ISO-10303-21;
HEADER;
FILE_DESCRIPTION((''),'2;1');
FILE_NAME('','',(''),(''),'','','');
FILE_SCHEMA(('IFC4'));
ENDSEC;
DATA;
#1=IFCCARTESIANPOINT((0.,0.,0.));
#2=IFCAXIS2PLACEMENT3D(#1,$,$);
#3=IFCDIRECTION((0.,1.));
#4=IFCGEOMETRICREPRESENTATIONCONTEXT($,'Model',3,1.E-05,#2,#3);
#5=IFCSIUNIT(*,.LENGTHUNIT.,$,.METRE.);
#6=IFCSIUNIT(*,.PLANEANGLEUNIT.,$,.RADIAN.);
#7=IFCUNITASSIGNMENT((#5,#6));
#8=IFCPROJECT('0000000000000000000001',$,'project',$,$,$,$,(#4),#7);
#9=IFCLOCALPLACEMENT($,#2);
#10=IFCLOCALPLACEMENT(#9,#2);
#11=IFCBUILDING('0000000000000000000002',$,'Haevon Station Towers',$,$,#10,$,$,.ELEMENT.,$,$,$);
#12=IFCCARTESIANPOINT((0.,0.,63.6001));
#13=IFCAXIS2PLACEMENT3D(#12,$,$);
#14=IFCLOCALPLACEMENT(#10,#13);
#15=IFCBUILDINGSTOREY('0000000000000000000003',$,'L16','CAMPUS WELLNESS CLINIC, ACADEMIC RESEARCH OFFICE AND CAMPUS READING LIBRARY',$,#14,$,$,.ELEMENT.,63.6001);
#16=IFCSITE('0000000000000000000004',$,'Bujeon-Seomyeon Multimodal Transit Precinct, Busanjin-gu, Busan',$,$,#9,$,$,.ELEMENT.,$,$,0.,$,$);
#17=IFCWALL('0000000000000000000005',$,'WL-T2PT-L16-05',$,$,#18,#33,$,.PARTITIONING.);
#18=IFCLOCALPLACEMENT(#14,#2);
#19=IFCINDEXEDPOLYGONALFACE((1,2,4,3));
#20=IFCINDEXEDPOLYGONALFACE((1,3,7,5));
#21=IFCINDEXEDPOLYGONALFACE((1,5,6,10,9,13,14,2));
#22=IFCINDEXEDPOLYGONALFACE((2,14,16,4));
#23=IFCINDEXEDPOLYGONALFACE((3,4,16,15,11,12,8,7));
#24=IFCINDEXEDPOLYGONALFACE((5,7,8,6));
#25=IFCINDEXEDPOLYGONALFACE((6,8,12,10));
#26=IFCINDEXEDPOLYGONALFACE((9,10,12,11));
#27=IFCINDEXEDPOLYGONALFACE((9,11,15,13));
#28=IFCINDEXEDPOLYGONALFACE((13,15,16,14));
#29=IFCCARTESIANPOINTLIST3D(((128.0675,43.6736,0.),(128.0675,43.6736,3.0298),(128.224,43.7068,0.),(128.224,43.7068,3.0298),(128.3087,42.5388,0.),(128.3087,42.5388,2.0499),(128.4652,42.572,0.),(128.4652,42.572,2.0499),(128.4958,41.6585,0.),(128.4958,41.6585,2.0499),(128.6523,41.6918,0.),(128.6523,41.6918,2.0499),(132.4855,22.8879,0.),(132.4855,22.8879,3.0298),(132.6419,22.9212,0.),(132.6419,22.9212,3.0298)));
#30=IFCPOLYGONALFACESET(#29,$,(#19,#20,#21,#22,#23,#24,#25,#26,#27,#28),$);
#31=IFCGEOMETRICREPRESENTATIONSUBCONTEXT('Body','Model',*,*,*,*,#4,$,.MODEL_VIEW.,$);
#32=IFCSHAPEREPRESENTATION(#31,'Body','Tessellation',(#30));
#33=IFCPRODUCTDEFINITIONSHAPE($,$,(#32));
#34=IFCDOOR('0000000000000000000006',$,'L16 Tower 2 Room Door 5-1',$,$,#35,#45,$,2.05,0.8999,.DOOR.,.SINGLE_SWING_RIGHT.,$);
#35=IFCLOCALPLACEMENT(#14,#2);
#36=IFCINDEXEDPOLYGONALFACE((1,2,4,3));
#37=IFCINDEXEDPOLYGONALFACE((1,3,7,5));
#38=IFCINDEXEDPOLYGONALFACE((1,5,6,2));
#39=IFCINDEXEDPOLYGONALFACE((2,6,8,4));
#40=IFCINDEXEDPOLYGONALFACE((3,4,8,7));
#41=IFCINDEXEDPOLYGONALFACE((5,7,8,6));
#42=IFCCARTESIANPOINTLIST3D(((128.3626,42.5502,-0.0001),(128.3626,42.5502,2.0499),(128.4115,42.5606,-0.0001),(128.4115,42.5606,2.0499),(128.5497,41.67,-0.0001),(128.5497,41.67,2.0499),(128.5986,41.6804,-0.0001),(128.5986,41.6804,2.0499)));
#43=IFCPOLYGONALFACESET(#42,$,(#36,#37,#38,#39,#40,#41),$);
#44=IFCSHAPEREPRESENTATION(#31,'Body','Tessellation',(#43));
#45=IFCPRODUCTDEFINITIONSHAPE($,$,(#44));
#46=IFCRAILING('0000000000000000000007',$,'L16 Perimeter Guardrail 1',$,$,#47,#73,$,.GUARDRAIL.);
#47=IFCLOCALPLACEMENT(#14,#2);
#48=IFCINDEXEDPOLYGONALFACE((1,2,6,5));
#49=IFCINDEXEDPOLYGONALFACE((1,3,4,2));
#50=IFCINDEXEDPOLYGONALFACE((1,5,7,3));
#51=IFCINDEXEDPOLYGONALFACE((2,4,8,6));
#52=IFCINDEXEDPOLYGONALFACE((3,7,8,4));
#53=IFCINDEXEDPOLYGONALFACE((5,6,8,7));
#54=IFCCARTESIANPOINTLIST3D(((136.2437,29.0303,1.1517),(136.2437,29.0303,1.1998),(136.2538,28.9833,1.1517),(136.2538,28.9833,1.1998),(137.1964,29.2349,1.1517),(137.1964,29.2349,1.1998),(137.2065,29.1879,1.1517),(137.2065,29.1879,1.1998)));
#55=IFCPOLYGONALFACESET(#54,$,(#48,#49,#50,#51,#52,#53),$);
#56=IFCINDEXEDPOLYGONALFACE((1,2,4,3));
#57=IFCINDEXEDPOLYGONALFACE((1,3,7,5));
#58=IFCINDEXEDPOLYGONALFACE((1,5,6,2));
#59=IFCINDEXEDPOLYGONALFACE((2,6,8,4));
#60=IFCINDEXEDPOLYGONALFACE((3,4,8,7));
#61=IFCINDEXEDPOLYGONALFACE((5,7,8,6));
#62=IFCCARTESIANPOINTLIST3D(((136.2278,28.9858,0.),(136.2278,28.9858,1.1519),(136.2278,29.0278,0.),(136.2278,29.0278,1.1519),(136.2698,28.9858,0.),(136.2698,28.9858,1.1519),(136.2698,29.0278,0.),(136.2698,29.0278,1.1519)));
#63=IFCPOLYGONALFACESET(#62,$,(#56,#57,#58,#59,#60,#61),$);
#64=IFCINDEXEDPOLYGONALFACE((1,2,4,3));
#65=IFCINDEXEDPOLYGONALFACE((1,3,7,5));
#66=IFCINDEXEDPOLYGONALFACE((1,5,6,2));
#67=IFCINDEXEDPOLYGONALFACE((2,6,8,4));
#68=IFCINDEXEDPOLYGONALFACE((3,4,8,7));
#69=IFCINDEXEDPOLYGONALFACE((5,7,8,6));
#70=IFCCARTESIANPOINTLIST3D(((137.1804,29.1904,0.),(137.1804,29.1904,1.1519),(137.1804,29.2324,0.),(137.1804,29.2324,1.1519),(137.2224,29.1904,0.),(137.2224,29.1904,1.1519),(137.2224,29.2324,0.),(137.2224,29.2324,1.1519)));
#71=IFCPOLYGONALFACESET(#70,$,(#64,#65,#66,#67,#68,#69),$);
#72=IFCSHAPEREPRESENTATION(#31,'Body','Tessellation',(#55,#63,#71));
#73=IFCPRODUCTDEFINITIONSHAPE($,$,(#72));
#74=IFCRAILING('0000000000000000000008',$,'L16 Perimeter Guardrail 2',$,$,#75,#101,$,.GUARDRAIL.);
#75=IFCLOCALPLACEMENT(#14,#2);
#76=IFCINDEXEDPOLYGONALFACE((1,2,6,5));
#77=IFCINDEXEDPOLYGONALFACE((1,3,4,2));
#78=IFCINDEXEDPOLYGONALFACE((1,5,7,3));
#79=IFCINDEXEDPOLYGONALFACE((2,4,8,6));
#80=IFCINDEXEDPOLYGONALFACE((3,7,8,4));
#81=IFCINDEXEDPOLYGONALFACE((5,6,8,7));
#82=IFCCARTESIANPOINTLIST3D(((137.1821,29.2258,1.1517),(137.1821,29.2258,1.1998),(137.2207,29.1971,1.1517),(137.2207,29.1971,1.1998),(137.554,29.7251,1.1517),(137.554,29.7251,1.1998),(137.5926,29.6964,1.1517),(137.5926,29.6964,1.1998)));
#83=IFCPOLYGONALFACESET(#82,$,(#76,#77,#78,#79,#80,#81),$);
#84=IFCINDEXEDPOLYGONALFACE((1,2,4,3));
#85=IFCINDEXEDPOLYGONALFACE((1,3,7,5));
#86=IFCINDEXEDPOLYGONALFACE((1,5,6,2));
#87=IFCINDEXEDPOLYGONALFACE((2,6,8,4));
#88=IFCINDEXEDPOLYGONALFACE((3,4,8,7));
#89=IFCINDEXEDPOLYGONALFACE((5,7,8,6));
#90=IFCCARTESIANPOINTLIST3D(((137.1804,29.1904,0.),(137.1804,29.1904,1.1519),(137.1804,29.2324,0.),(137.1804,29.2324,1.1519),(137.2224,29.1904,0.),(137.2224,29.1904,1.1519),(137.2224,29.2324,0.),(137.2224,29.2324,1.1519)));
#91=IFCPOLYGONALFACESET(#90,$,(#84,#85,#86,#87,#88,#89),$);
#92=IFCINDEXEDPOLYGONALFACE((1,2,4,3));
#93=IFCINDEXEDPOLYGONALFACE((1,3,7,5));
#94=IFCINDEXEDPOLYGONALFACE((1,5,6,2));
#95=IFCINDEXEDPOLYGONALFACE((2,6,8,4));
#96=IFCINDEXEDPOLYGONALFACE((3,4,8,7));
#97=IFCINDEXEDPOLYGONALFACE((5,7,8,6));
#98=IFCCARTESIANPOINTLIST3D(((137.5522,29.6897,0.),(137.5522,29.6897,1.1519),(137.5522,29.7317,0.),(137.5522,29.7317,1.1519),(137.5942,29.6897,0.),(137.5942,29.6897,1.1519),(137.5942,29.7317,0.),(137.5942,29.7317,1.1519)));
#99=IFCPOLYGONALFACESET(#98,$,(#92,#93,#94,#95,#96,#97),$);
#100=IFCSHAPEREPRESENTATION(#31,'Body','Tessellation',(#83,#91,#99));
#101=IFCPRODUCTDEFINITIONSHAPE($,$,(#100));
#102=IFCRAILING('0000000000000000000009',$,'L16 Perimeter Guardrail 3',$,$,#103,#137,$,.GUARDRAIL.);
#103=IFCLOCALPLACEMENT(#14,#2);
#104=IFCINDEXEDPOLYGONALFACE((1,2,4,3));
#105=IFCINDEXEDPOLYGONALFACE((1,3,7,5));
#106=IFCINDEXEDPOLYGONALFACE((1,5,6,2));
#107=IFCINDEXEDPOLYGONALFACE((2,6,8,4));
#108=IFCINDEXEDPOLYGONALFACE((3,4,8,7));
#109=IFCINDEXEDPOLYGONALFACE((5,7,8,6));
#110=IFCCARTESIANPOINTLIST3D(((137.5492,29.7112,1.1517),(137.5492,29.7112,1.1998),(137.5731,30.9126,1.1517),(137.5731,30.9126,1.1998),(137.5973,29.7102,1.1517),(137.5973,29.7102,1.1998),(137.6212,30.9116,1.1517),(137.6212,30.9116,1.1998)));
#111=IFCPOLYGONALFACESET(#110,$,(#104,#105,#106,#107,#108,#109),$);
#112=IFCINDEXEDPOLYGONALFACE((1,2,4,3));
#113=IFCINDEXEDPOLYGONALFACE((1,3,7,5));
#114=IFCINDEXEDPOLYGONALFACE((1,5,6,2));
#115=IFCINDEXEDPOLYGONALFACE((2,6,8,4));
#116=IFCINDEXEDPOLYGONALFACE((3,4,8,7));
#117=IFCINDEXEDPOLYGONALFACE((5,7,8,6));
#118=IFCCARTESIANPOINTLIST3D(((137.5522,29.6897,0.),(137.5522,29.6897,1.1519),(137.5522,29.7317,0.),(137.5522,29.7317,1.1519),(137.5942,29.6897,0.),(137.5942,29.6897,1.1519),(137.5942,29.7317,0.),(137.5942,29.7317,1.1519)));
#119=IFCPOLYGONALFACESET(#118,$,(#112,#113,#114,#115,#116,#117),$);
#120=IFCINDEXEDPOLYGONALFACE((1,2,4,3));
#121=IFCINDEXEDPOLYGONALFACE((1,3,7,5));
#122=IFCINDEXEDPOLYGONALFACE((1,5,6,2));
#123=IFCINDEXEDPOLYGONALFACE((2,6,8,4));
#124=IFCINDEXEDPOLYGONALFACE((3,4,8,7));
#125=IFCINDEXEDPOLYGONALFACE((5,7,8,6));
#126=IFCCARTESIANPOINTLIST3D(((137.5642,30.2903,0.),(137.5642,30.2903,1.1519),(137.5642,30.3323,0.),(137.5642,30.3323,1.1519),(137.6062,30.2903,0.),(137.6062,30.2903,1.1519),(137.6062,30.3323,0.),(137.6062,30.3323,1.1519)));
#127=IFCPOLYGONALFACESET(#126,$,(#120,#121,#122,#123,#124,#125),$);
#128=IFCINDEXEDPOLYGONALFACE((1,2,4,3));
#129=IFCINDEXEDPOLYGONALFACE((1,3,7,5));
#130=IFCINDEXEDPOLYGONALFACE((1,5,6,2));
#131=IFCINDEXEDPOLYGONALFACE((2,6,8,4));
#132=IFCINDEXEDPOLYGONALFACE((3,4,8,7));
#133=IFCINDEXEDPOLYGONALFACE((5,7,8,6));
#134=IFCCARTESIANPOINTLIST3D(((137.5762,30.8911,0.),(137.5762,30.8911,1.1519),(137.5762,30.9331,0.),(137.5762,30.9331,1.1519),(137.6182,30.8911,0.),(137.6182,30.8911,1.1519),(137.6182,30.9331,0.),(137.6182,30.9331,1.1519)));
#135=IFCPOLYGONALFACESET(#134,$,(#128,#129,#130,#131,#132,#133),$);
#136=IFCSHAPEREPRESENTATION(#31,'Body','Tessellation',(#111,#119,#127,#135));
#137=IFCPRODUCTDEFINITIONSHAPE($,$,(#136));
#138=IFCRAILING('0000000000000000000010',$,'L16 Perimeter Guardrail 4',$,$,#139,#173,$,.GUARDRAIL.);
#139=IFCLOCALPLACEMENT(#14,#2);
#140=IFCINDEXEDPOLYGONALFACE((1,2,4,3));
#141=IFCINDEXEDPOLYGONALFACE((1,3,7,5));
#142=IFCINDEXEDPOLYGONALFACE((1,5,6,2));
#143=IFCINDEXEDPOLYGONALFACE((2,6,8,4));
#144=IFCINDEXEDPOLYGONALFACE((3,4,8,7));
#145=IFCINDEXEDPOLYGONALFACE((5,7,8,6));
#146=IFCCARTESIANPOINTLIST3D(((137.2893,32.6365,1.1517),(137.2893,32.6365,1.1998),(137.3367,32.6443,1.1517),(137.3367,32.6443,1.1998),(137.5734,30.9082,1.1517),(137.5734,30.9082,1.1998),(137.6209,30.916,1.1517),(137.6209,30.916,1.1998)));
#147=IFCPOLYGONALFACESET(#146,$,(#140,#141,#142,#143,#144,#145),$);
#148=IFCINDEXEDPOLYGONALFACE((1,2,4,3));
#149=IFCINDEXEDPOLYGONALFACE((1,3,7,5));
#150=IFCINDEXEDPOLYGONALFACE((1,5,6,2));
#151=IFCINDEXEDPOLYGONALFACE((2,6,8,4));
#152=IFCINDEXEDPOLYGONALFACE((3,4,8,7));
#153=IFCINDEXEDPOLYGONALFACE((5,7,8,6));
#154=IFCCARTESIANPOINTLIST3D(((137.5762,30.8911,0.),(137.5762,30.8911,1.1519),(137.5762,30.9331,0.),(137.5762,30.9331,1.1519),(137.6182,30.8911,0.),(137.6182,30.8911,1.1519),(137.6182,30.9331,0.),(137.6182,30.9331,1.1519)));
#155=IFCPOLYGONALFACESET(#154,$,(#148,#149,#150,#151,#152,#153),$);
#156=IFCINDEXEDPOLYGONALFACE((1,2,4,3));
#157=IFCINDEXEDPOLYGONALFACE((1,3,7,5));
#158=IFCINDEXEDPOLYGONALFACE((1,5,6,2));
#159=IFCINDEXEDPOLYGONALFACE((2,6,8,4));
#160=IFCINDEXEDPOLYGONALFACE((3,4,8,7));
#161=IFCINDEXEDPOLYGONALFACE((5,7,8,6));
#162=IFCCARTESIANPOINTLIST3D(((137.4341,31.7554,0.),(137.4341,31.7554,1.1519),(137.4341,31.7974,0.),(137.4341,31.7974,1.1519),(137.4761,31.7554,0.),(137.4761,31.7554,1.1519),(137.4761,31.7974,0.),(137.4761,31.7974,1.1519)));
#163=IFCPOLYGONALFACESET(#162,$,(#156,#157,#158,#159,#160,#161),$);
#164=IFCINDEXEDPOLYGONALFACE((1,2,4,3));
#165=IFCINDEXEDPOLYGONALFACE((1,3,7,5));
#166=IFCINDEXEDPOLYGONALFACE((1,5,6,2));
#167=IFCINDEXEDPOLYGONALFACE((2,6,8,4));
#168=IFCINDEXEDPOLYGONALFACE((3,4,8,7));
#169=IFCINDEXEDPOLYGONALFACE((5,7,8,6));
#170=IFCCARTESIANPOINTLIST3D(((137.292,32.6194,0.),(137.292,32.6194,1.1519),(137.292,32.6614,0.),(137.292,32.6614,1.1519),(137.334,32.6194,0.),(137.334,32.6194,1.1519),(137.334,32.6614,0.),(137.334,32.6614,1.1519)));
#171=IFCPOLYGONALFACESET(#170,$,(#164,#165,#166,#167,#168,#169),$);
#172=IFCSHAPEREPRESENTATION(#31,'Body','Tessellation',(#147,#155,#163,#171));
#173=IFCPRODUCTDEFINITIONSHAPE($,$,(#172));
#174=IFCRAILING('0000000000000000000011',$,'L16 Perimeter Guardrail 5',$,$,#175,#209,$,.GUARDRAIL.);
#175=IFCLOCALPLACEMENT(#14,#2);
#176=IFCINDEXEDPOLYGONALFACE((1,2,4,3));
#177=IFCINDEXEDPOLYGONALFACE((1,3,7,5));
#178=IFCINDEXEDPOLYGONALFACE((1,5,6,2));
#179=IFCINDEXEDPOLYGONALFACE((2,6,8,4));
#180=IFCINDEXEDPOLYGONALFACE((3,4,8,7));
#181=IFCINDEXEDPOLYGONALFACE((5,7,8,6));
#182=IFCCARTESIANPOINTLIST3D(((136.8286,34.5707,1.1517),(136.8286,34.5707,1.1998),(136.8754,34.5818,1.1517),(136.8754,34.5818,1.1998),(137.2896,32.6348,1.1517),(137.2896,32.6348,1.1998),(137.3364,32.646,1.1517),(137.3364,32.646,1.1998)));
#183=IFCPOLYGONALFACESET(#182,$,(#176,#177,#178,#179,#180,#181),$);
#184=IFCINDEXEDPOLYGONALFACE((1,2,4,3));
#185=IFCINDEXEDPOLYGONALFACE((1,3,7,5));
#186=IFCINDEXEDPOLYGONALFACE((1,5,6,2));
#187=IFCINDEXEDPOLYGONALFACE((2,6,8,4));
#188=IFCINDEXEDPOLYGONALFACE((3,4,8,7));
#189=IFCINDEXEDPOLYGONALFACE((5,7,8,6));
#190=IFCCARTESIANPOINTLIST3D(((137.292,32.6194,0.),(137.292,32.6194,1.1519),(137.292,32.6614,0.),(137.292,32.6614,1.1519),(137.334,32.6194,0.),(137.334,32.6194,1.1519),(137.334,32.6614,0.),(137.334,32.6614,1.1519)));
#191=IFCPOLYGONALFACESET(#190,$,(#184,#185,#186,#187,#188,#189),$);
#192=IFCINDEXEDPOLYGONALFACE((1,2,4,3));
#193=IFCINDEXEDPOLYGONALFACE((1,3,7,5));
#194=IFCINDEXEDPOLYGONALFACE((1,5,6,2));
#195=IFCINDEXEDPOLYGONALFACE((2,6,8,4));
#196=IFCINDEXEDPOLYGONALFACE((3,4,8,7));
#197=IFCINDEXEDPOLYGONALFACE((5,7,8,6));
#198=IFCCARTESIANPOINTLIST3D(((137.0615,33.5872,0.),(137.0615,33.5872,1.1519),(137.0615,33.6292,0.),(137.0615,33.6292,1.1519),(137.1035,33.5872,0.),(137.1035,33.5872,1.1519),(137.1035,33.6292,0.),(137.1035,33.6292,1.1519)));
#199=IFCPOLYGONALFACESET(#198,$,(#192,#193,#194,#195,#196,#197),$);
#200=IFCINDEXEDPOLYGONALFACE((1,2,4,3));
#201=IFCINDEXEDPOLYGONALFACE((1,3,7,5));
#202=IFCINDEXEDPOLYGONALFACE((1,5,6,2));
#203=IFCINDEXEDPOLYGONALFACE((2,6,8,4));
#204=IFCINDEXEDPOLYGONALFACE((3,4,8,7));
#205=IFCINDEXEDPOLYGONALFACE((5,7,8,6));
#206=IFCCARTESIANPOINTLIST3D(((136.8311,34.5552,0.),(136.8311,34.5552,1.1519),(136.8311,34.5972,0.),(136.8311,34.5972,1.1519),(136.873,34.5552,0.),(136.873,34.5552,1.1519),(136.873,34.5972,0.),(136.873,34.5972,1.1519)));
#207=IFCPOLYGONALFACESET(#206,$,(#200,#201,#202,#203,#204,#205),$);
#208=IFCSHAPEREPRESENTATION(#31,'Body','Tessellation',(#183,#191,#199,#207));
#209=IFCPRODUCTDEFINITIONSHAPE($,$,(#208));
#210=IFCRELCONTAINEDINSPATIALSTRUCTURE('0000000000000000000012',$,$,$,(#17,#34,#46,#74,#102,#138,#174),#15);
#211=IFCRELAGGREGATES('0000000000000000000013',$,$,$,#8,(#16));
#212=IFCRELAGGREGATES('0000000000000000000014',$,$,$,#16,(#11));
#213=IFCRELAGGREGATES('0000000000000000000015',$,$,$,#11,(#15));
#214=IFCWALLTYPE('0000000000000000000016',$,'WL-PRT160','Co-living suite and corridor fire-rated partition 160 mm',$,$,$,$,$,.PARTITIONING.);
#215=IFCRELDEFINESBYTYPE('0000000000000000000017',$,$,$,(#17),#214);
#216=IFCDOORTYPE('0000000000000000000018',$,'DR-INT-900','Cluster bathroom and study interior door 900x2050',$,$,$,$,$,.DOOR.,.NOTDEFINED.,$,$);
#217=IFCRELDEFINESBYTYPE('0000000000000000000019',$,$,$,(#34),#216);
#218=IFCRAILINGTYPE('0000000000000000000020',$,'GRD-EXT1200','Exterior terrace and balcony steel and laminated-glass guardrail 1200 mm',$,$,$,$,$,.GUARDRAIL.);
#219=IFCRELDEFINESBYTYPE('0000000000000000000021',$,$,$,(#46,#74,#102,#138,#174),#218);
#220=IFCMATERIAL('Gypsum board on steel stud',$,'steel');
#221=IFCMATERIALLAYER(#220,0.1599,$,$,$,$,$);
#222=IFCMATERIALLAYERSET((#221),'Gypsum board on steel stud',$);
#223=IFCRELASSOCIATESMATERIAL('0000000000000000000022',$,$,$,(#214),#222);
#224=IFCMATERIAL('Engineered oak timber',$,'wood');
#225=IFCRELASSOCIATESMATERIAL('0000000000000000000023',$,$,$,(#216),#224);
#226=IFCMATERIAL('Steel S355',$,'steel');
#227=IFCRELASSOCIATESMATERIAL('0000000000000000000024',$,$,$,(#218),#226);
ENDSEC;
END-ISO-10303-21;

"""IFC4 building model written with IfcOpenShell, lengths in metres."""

from ifc_helpers import new_model, si_unit, direction, frame, frame_2d, origin, origin_2d, place, context, subcontext, project, spatial, rectangle, extrude, material, layer, layer_set, type_object, element, fill, save


model = new_model("IFC4")

# Units and contexts
model_context = context("Model", 3, precision=1e-05, world=origin(), true_north=direction((0.0, 1.0)))
body_context = subcontext(model_context, "Body", "Model", "MODEL_VIEW")
ifc_project = project(units=[si_unit("LENGTHUNIT", "METRE"), si_unit("PLANEANGLEUNIT", "RADIAN")], contexts=[model_context])

# Site, building, storey
site_placement = place(None, origin())
site = spatial("IfcSite", under=ifc_project, at=site_placement, Name="Bujeon-Seomyeon Multimodal Transit Precinct, Busanjin-gu, Busan", CompositionType="ELEMENT", RefElevation=0.0)
building_placement = place(site_placement, origin())
building = spatial("IfcBuilding", under=site, at=building_placement, Name="Haevon Station Towers", CompositionType="ELEMENT")
storey_placement = place(building_placement, frame((0.0, 0.0, 63.6001)))
storey = spatial("IfcBuildingStorey", under=building, at=storey_placement, Name="L16", Description="CAMPUS WELLNESS CLINIC, ACADEMIC RESEARCH OFFICE AND CAMPUS READING LIBRARY", CompositionType="ELEMENT", Elevation=63.6001)

# Shared definitions
ifc_material_1 = material(Name="Steel S355", Category="steel")

# Shared definitions
ifc_material_2 = material(Name="Gypsum board on steel stud", Category="steel")
ifc_layer_1 = layer(ifc_material_2, 0.1599)
ifc_layer_set_1 = layer_set([ifc_layer_1], Name="Gypsum board on steel stud")
wall_type_1 = type_object("IfcWallType", Name="WL-PRT160", Description="Co-living suite and corridor fire-rated partition 160 mm", PredefinedType="PARTITIONING", material=ifc_layer_set_1)

# Wall, opening, door
wall_1_placement = place(storey_placement, frame((132.5637, 22.9045, 0.0), z_axis=(0.0, 0.0, 1.0), x_axis=(-0.207905, 0.978149, 0.0)))
wall_1 = element("IfcWall", 1, at=wall_1_placement, inside=storey, type_object=wall_type_1, Name="WL-T2PT-L16-05", PredefinedType="PARTITIONING", context=body_context, shape_type="SweptSolid", body=[
    extrude(rectangle(XDim=21.25, YDim=0.1599, at=frame_2d((10.625, 0.0))), origin(), (0.0, 0.0, 1.0), 3.0298),
])
opening_1_placement = place(wall_1_placement, frame((19.1899, 0.0, 0.0)))
opening_1 = element("IfcOpeningElement", 2, at=opening_1_placement, cuts=wall_1, PredefinedType="OPENING", context=body_context, shape_type="SweptSolid", body=[
    extrude(rectangle(XDim=0.8999, YDim=2.05, at=frame_2d((0.45, 1.0249))), frame((0.0, 0.0898, 0.0), z_axis=(0.0, -1.0, 0.0), x_axis=(1.0, 0.0, 0.0)), (0.0, 0.0, 1.0), 0.1799),
])
ifc_material_3 = material(Name="Engineered oak timber", Category="wood")
door_type = type_object("IfcDoorType", Name="DR-INT-900", Description="Cluster bathroom and study interior door 900x2050", OperationType="NOTDEFINED", PredefinedType="DOOR", material=ifc_material_3)
door_placement = place(opening_1_placement, origin())
door = element("IfcDoor", 3, at=door_placement, inside=storey, type_object=door_type, Name="L16 Tower 2 Room Door 5-1", OperationType="SINGLE_SWING_RIGHT", OverallHeight=2.05, OverallWidth=0.8999, PredefinedType="DOOR", context=body_context, shape_type="SweptSolid", body=[
    extrude(rectangle(XDim=0.8999, YDim=2.05, at=frame_2d((0.45, 1.0249))), frame((0.0, 0.0249, 0.0), z_axis=(0.0, -1.0, 0.0), x_axis=(1.0, 0.0, 0.0)), (0.0, 0.0, 1.0), 0.05),
])
fill(opening_1, door)

# Railings
railing_type = type_object("IfcRailingType", Name="GRD-EXT1200", Description="Exterior terrace and balcony steel and laminated-glass guardrail 1200 mm", PredefinedType="GUARDRAIL", material=ifc_material_1)
railing_1_placement = place(storey_placement, frame((136.2488, 29.0068, 0.0)))
element("IfcRailing", 4, at=railing_1_placement, inside=storey, type_object=railing_type, Name="L16 Perimeter Guardrail 1", PredefinedType="GUARDRAIL", context=body_context, shape_type="SweptSolid", body=[
    extrude(rectangle(XDim=0.0481, YDim=0.0481, at=origin_2d()), frame((0.0, 0.0, 1.1758), z_axis=(0.977707, 0.209974, 0.0), x_axis=(-0.209974, 0.977707, 0.0)), (0.0, 0.0, 1.0), 0.9744),
    extrude(rectangle(XDim=0.042, YDim=0.042, at=origin_2d()), origin(), (0.0, 0.0, 1.0), 1.1519),
    extrude(rectangle(XDim=0.042, YDim=0.042, at=origin_2d()), frame((0.9526, 0.2046, 0.0)), (0.0, 0.0, 1.0), 1.1519),
])
railing_2_placement = place(storey_placement, frame((137.2014, 29.2114, 0.0)))
element("IfcRailing", 5, at=railing_2_placement, inside=storey, type_object=railing_type, Name="L16 Perimeter Guardrail 2", PredefinedType="GUARDRAIL", context=body_context, shape_type="SweptSolid", body=[
    extrude(rectangle(XDim=0.0481, YDim=0.0481, at=origin_2d()), frame((0.0, 0.0, 1.1758), z_axis=(0.597298, 0.802019, 0.0), x_axis=(-0.802019, 0.597298, 0.0)), (0.0, 0.0, 1.0), 0.6226),
    extrude(rectangle(XDim=0.042, YDim=0.042, at=origin_2d()), origin(), (0.0, 0.0, 1.0), 1.1519),
    extrude(rectangle(XDim=0.042, YDim=0.042, at=origin_2d()), frame((0.3718, 0.4993, 0.0)), (0.0, 0.0, 1.0), 1.1519),
])
railing_3_placement = place(storey_placement, frame((137.5732, 29.7107, 0.0)))
element("IfcRailing", 6, at=railing_3_placement, inside=storey, type_object=railing_type, Name="L16 Perimeter Guardrail 3", PredefinedType="GUARDRAIL", context=body_context, shape_type="SweptSolid", body=[
    extrude(rectangle(XDim=0.0481, YDim=0.0481, at=origin_2d()), frame((0.0, 0.0, 1.1758), z_axis=(0.019911, 0.999802, 0.0), x_axis=(-0.999802, 0.019911, 0.0)), (0.0, 0.0, 1.0), 1.2017),
    extrude(rectangle(XDim=0.042, YDim=0.042, at=origin_2d()), origin(), (0.0, 0.0, 1.0), 1.1519),
    extrude(rectangle(XDim=0.042, YDim=0.042, at=origin_2d()), frame((0.012, 0.6006, 0.0)), (0.0, 0.0, 1.0), 1.1519),
    extrude(rectangle(XDim=0.042, YDim=0.042, at=origin_2d()), frame((0.0239, 1.2014, 0.0)), (0.0, 0.0, 1.0), 1.1519),
])
railing_4_placement = place(storey_placement, frame((137.5972, 30.9121, 0.0)))
element("IfcRailing", 7, at=railing_4_placement, inside=storey, type_object=railing_type, Name="L16 Perimeter Guardrail 4", PredefinedType="GUARDRAIL", context=body_context, shape_type="SweptSolid", body=[
    extrude(rectangle(XDim=0.0481, YDim=0.0481, at=origin_2d()), frame((0.0, 0.0, 1.1758), z_axis=(-0.162251, 0.986749, 0.0), x_axis=(-0.986749, -0.162251, 0.0)), (0.0, 0.0, 1.0), 1.7515),
    extrude(rectangle(XDim=0.042, YDim=0.042, at=origin_2d()), origin(), (0.0, 0.0, 1.0), 1.1519),
    extrude(rectangle(XDim=0.042, YDim=0.042, at=origin_2d()), frame((-0.1421, 0.8643, 0.0)), (0.0, 0.0, 1.0), 1.1519),
    extrude(rectangle(XDim=0.042, YDim=0.042, at=origin_2d()), frame((-0.2842, 1.7283, 0.0)), (0.0, 0.0, 1.0), 1.1519),
])
railing_5_placement = place(storey_placement, frame((137.313, 32.6404, 0.0)))
element("IfcRailing", 8, at=railing_5_placement, inside=storey, type_object=railing_type, Name="L16 Perimeter Guardrail 5", PredefinedType="GUARDRAIL", context=body_context, shape_type="SweptSolid", body=[
    extrude(rectangle(XDim=0.0481, YDim=0.0481, at=origin_2d()), frame((0.0, 0.0, 1.1758), z_axis=(-0.231637, 0.972802, 0.0), x_axis=(-0.972802, -0.231637, 0.0)), (0.0, 0.0, 1.0), 1.99),
    extrude(rectangle(XDim=0.042, YDim=0.042, at=origin_2d()), origin(), (0.0, 0.0, 1.0), 1.1519),
    extrude(rectangle(XDim=0.042, YDim=0.042, at=origin_2d()), frame((-0.2305, 0.9678, 0.0)), (0.0, 0.0, 1.0), 1.1519),
    extrude(rectangle(XDim=0.042, YDim=0.042, at=origin_2d()), frame((-0.4609, 1.9358, 0.0)), (0.0, 0.0, 1.0), 1.1519),
])

save(model, "model.ifc")
